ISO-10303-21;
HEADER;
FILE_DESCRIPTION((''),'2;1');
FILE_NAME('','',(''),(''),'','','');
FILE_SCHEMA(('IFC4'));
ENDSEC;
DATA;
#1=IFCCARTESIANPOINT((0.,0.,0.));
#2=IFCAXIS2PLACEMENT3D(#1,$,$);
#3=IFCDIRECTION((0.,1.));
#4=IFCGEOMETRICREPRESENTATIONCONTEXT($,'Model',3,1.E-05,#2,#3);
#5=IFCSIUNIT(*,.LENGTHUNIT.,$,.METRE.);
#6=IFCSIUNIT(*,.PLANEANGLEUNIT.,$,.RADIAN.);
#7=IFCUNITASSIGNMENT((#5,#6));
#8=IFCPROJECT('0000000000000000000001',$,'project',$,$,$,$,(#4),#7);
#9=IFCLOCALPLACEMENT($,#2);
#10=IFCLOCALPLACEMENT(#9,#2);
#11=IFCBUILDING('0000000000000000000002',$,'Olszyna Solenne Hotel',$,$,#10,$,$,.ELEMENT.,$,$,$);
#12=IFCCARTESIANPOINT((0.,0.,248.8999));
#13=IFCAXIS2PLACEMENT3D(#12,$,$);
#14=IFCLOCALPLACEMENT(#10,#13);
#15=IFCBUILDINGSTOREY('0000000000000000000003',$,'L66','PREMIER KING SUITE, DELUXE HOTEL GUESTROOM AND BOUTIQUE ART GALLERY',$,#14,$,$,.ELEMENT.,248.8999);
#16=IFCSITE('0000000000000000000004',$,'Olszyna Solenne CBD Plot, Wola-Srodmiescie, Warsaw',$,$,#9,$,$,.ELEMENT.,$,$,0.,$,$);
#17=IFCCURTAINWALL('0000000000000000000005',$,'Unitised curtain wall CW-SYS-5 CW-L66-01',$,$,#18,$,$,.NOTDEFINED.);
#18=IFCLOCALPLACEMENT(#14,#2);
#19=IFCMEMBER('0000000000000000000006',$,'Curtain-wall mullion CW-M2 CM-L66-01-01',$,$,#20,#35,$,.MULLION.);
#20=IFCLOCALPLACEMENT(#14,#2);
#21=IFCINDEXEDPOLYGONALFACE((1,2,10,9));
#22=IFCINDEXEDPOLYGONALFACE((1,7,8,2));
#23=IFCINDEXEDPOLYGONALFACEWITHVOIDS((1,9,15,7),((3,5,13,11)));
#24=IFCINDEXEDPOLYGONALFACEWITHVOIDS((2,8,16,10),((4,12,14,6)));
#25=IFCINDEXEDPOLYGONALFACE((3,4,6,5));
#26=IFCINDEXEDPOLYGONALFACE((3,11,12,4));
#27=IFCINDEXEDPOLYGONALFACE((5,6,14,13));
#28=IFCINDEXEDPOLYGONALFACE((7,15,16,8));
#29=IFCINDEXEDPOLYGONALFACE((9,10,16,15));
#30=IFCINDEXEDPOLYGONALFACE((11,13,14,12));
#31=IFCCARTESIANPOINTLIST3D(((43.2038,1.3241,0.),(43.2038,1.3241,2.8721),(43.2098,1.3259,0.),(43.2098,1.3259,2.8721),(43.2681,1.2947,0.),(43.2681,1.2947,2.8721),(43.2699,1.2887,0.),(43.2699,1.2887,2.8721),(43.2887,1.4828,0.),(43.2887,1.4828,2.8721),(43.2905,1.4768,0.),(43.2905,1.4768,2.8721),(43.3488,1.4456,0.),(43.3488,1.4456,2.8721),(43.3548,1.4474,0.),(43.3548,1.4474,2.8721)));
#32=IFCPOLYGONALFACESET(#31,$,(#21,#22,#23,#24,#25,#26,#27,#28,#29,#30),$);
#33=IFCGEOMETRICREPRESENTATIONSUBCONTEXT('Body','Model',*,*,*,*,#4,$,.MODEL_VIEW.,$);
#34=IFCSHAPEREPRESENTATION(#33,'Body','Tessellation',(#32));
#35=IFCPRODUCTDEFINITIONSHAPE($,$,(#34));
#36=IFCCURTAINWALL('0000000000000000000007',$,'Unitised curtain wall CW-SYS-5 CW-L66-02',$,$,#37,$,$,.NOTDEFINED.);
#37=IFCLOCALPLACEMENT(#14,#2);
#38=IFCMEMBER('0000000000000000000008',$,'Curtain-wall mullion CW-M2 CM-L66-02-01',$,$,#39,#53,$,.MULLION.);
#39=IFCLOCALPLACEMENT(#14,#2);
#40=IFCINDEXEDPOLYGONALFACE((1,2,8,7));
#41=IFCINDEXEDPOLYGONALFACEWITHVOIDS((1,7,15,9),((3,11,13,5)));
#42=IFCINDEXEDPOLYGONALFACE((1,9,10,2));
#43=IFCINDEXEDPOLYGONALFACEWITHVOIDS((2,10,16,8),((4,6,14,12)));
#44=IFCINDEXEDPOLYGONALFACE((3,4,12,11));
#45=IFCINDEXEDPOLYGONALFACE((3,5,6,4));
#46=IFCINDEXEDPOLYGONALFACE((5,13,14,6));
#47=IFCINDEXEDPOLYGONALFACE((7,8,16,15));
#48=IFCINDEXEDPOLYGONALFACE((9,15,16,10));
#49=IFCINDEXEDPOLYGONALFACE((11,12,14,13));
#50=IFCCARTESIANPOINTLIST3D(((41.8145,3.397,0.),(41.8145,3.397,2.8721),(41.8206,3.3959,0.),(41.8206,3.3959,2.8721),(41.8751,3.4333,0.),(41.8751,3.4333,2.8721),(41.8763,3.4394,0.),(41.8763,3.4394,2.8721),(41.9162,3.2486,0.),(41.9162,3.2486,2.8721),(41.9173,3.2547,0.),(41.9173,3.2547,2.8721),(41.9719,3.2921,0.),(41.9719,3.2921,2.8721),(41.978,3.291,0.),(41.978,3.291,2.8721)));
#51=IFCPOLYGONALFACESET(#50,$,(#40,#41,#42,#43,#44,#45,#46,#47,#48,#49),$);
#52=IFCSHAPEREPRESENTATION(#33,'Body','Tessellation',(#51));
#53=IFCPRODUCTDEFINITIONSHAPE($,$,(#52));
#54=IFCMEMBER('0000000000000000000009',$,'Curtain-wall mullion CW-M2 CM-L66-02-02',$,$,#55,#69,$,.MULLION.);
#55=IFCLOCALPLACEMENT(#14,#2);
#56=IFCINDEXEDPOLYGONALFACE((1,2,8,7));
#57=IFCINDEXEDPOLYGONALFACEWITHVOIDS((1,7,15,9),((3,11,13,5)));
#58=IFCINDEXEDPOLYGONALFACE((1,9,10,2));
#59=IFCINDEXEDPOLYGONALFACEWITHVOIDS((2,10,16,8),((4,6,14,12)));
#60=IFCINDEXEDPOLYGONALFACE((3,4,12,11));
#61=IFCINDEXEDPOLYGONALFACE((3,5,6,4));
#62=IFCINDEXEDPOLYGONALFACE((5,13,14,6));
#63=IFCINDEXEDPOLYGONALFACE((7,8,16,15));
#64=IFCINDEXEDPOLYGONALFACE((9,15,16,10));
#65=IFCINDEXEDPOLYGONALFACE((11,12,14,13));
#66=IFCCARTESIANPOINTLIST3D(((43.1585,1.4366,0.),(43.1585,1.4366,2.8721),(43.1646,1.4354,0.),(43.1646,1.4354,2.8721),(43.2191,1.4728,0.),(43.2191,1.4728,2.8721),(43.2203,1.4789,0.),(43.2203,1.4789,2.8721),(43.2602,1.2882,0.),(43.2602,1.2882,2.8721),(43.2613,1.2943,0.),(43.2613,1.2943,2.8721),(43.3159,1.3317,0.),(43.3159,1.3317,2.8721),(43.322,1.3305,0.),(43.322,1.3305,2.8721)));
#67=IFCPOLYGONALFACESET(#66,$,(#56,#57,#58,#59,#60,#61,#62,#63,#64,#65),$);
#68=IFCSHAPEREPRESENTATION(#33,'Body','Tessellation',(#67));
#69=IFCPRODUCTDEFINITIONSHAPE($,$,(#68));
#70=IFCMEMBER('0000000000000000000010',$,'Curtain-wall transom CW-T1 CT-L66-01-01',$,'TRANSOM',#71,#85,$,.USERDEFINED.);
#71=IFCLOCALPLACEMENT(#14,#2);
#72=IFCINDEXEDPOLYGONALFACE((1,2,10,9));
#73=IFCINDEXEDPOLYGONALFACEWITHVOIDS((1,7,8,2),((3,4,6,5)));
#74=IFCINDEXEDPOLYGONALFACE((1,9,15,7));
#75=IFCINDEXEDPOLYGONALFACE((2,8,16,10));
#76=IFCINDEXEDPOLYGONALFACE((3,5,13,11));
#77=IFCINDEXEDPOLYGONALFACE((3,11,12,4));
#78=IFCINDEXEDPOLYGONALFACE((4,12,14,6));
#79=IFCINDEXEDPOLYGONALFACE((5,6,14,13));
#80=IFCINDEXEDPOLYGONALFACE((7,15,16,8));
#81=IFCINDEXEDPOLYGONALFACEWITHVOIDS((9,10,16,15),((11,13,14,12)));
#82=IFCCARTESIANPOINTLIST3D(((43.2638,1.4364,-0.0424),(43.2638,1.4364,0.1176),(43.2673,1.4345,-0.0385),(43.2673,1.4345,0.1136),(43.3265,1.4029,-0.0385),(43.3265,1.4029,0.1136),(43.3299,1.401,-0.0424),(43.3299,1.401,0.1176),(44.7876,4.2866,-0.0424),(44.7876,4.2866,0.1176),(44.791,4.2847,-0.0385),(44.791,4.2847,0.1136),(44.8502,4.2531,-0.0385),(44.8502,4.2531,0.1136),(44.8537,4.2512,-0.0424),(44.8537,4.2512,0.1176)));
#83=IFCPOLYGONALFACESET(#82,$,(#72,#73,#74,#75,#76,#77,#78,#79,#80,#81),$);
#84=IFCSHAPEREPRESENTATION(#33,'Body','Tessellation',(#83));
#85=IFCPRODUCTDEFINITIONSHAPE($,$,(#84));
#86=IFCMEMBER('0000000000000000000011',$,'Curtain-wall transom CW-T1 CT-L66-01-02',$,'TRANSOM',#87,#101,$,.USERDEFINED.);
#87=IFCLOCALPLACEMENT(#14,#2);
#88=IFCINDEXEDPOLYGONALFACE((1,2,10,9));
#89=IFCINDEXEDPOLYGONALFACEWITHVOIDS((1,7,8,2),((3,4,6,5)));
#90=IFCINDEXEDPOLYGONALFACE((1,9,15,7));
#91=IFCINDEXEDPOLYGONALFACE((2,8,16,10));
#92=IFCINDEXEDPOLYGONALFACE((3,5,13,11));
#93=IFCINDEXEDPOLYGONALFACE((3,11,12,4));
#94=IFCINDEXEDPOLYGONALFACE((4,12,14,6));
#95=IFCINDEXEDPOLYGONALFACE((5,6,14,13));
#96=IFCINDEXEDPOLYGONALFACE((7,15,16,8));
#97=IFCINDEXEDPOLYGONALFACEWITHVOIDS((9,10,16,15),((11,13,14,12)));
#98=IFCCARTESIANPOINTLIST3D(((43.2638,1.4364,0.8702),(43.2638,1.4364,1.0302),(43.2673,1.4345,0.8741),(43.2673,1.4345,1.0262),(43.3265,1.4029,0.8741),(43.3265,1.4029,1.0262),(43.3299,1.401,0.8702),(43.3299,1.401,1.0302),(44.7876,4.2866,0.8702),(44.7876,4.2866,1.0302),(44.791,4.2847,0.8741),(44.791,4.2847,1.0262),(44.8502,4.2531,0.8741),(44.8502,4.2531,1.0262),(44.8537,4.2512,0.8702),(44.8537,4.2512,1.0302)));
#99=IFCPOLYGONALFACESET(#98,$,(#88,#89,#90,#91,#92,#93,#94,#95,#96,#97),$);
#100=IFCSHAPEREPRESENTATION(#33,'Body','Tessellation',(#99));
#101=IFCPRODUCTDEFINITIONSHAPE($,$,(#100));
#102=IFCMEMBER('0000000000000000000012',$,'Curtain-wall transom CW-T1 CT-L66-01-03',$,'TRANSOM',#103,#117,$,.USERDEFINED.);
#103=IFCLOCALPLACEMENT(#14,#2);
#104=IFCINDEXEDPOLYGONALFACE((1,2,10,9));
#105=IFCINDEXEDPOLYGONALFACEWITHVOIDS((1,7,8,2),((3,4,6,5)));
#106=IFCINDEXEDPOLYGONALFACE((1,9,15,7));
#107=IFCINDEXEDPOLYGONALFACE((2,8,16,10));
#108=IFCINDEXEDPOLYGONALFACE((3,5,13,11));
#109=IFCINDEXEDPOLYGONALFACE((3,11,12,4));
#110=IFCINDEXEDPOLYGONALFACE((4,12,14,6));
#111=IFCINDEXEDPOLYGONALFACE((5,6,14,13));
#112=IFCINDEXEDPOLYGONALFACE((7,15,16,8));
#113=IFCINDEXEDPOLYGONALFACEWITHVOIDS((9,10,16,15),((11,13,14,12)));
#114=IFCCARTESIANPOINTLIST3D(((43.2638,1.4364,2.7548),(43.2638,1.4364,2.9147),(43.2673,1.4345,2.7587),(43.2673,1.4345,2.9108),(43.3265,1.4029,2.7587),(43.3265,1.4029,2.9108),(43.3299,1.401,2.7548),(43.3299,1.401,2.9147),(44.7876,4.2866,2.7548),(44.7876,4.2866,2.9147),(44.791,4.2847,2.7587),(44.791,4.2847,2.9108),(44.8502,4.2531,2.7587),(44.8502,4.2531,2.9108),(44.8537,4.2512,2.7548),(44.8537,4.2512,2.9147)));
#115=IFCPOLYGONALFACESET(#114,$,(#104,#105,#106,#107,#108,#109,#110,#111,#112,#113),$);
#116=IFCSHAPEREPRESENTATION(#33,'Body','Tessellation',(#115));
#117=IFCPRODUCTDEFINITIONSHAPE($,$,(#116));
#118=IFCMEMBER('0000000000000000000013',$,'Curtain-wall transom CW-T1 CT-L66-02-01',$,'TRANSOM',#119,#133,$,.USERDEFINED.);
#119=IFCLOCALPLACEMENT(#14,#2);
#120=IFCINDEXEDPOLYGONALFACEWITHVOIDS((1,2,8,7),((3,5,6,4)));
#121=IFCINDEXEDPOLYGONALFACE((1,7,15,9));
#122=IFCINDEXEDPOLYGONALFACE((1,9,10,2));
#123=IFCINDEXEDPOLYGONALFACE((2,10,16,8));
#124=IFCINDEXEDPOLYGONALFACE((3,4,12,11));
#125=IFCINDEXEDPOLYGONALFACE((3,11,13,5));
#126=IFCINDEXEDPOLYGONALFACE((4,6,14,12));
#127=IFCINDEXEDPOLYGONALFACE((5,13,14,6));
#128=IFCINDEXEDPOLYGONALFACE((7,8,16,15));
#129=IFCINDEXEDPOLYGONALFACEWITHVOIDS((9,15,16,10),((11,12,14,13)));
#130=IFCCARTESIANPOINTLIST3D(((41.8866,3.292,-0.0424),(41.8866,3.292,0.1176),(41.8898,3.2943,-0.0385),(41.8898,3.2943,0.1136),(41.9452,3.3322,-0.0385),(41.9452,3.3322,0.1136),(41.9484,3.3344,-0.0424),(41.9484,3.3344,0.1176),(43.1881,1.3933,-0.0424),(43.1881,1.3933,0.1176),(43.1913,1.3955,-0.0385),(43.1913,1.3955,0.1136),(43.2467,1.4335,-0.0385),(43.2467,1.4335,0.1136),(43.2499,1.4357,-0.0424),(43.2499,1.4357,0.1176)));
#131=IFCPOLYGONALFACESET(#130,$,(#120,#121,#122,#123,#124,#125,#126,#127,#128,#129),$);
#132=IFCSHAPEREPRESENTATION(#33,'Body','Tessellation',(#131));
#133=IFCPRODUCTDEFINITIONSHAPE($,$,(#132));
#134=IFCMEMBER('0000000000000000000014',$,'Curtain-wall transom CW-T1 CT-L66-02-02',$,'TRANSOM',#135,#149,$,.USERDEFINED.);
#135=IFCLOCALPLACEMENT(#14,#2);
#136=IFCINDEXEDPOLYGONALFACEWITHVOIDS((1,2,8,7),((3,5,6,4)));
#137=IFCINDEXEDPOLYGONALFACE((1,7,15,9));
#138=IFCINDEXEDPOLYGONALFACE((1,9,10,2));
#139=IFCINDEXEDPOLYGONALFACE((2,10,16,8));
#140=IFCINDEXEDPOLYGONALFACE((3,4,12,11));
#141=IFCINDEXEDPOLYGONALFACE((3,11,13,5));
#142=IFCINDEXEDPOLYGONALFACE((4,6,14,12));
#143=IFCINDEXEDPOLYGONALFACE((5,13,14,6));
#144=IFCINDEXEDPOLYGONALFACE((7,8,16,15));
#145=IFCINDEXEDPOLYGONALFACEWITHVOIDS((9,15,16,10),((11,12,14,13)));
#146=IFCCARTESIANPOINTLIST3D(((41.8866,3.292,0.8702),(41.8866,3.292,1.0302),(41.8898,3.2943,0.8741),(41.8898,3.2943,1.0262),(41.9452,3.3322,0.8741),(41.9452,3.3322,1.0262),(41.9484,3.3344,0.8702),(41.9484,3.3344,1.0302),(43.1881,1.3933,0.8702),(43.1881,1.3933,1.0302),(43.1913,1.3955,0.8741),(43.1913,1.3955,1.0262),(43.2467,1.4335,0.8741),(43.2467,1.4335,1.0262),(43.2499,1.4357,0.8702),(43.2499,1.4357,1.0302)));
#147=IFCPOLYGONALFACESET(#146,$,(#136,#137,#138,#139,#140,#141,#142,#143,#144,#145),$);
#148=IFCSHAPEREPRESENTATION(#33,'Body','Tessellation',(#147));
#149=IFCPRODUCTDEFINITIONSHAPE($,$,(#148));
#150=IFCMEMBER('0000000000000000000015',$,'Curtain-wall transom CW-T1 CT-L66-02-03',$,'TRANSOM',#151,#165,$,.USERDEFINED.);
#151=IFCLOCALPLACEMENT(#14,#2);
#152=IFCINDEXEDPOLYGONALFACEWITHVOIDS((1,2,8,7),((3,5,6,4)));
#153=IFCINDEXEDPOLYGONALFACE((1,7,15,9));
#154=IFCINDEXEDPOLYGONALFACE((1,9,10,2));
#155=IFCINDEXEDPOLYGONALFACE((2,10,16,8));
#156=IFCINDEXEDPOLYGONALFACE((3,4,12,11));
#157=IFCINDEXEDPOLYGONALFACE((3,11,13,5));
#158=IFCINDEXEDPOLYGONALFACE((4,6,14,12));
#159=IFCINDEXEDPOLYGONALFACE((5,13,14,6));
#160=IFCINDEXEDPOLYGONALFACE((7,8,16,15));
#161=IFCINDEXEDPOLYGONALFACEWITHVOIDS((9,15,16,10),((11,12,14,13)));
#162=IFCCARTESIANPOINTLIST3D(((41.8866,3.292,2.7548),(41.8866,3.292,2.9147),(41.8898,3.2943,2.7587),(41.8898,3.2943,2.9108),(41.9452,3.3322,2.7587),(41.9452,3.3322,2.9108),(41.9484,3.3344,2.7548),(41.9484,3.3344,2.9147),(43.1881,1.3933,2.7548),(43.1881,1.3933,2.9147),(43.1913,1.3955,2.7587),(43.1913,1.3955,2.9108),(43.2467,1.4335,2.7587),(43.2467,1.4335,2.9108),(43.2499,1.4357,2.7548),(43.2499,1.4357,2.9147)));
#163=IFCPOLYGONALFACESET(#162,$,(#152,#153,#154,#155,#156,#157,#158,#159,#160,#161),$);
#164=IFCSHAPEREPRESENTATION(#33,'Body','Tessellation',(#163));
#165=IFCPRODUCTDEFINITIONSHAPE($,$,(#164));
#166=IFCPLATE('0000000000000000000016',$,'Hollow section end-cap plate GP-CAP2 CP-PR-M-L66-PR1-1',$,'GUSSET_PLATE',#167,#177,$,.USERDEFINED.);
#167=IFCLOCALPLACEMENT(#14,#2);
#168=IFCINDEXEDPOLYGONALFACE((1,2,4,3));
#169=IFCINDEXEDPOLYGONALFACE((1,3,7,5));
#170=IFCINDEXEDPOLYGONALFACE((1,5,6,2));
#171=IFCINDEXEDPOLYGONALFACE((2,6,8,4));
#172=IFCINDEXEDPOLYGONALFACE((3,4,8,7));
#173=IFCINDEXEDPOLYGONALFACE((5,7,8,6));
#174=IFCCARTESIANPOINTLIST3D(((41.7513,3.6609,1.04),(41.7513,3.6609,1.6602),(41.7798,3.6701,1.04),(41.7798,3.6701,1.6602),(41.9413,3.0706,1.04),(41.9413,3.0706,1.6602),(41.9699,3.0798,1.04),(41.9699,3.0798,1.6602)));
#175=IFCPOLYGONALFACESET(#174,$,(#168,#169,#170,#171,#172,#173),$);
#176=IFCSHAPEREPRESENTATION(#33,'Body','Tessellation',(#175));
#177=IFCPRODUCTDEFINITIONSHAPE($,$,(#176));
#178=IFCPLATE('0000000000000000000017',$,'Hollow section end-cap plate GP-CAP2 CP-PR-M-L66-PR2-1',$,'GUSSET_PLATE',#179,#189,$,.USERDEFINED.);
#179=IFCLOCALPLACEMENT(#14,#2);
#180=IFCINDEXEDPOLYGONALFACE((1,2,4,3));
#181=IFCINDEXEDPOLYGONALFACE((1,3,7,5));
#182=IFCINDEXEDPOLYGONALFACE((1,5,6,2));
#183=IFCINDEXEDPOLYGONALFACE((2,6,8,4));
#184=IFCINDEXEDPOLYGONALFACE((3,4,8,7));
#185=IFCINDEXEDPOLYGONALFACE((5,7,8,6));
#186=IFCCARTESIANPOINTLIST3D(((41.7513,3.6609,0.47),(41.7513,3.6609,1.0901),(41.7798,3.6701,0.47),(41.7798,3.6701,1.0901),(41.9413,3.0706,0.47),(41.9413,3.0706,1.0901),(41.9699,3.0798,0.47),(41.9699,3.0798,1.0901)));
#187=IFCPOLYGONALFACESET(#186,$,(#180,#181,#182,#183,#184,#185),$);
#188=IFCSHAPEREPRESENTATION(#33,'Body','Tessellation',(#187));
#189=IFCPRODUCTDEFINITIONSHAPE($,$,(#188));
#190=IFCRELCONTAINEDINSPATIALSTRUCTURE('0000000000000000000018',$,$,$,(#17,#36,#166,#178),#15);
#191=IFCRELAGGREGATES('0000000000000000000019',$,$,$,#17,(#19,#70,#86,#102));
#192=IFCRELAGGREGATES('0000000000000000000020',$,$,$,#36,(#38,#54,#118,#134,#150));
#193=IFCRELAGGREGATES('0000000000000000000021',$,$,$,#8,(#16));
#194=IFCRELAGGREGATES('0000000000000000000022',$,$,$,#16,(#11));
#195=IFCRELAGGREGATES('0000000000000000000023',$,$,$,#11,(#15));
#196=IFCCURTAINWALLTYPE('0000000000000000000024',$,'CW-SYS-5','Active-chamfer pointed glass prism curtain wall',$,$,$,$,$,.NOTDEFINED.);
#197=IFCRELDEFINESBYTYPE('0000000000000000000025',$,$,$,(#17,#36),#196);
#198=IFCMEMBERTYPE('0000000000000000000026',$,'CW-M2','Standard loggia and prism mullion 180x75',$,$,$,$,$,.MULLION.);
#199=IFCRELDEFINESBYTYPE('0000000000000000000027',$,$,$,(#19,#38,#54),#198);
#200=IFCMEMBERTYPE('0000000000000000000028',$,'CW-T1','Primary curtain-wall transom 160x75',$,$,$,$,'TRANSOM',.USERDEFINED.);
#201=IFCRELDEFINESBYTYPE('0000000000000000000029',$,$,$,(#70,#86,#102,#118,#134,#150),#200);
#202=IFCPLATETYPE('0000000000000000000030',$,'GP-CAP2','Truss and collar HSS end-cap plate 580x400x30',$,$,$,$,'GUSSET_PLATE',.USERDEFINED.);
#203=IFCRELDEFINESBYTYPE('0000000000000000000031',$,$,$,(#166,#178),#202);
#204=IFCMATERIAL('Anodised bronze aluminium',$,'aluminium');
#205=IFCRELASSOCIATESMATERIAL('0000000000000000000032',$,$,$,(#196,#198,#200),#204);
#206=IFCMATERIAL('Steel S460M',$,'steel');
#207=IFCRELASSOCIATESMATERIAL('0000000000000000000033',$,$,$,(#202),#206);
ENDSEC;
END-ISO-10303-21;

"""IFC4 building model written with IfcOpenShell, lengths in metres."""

from ifc_helpers import new_model, si_unit, direction, frame, origin, origin_2d, place, context, subcontext, project, spatial, rectangle, hollow_rectangle, extrude, source, transform, mapped, material, material_profile, profile_set, type_object, element, aggregate, save


model = new_model("IFC4")

# Units and contexts
model_context = context("Model", 3, precision=1e-05, world=origin(), true_north=direction((0.0, 1.0)))
body_context = subcontext(model_context, "Body", "Model", "MODEL_VIEW")
ifc_project = project(units=[si_unit("LENGTHUNIT", "METRE"), si_unit("PLANEANGLEUNIT", "RADIAN")], contexts=[model_context])

# Site, building, storey
site_placement = place(None, origin())
site = spatial("IfcSite", under=ifc_project, at=site_placement, Name="Olszyna Solenne CBD Plot, Wola-Srodmiescie, Warsaw", CompositionType="ELEMENT", RefElevation=0.0)
building_placement = place(site_placement, origin())
building = spatial("IfcBuilding", under=site, at=building_placement, Name="Olszyna Solenne Hotel", CompositionType="ELEMENT")
storey_placement = place(building_placement, frame((0.0, 0.0, 248.8999)))
storey = spatial("IfcBuildingStorey", under=building, at=storey_placement, Name="L66", Description="PREMIER KING SUITE, DELUXE HOTEL GUESTROOM AND BOUTIQUE ART GALLERY", CompositionType="ELEMENT", Elevation=248.8999)

# Shared definitions
ifc_material_1 = material(Name="Steel S460M", Category="steel")

# Curtain wall, member
ifc_material_2 = material(Name="Anodised bronze aluminium", Category="aluminium")
curtain_wall_type = type_object("IfcCurtainWallType", Name="CW-SYS-5", Description="Active-chamfer pointed glass prism curtain wall", PredefinedType="NOTDEFINED", material=ifc_material_2)
curtain_wall_1_placement = place(storey_placement, origin())
curtain_wall_1 = element("IfcCurtainWall", 1, at=curtain_wall_1_placement, inside=storey, type_object=curtain_wall_type, Name="Unitised curtain wall CW-SYS-5 CW-L66-01", PredefinedType="NOTDEFINED")
ifc_material_profile_1 = material_profile(ifc_material_2, hollow_rectangle(XDim=0.075, YDim=0.1799, WallThickness=0.0044, at=origin_2d()), Name="MULL 180x75x4.5", Category="load-bearing")
ifc_profile_set_1 = profile_set([ifc_material_profile_1], Name="Anodised bronze aluminium")
member_type_1 = type_object("IfcMemberType", Name="CW-M2", Description="Standard loggia and prism mullion 180x75", PredefinedType="MULLION", material=ifc_profile_set_1)
shared_shape_1 = source(origin(), body_context, "Body", "SweptSolid", [
    extrude(hollow_rectangle(XDim=0.075, YDim=0.1799, WallThickness=0.0044, at=origin_2d()), origin(), (0.0, 0.0, 1.0), 2.8721),
])
member_1_placement = place(storey_placement, frame((43.2793, 1.3857, 0.0), z_axis=(0.0, 0.0, 1.0), x_axis=(-0.881893, 0.471449, 0.0)))
member_1 = element("IfcMember", 2, at=member_1_placement, type_object=member_type_1, Name="Curtain-wall mullion CW-M2 CM-L66-01-01", PredefinedType="MULLION", context=body_context, shape_type="MappedRepresentation", body=[
    mapped(shared_shape_1, transform((0.0, 0.0, 0.0), x_axis=(1.0, 0.0, 0.0), y_axis=(0.0, 1.0, 0.0), z_axis=(0.0, 0.0, 1.0), scale=1.0)),
])

# Curtain wall, members
curtain_wall_2_placement = place(storey_placement, origin())
curtain_wall_2 = element("IfcCurtainWall", 3, at=curtain_wall_2_placement, inside=storey, type_object=curtain_wall_type, Name="Unitised curtain wall CW-SYS-5 CW-L66-02", PredefinedType="NOTDEFINED")
member_2_placement = place(storey_placement, frame((41.8962, 3.344, 0.0), z_axis=(0.0, 0.0, 1.0), x_axis=(0.824784, 0.565448, 0.0)))
member_2 = element("IfcMember", 4, at=member_2_placement, type_object=member_type_1, Name="Curtain-wall mullion CW-M2 CM-L66-02-01", PredefinedType="MULLION", context=body_context, shape_type="MappedRepresentation", body=[
    mapped(shared_shape_1, transform((0.0, 0.0, 0.0), x_axis=(1.0, 0.0, 0.0), y_axis=(0.0, 1.0, 0.0), z_axis=(0.0, 0.0, 1.0), scale=1.0)),
])
member_3_placement = place(storey_placement, frame((43.2402, 1.3835, 0.0), z_axis=(0.0, 0.0, 1.0), x_axis=(0.824784, 0.565448, 0.0)))
member_3 = element("IfcMember", 5, at=member_3_placement, type_object=member_type_1, Name="Curtain-wall mullion CW-M2 CM-L66-02-02", PredefinedType="MULLION", context=body_context, shape_type="MappedRepresentation", body=[
    mapped(shared_shape_1, transform((0.0, 0.0, 0.0), x_axis=(1.0, 0.0, 0.0), y_axis=(0.0, 1.0, 0.0), z_axis=(0.0, 0.0, 1.0), scale=1.0)),
])

# Members
ifc_material_profile_2 = material_profile(ifc_material_2, hollow_rectangle(XDim=0.075, YDim=0.1599, WallThickness=0.0039, at=origin_2d()), Name="TRAN 160x75x4", Category="load-bearing")
ifc_profile_set_2 = profile_set([ifc_material_profile_2], Name="Anodised bronze aluminium")
member_type_2 = type_object("IfcMemberType", Name="CW-T1", Description="Primary curtain-wall transom 160x75", ElementType="TRANSOM", PredefinedType="USERDEFINED", material=ifc_profile_set_2)
shared_shape_2 = source(origin(), body_context, "Body", "SweptSolid", [
    extrude(hollow_rectangle(XDim=0.075, YDim=0.1599, WallThickness=0.0039, at=origin_2d()), origin(), (0.0, 0.0, 1.0), 3.2319),
])
member_4_placement = place(storey_placement, frame((43.2969, 1.4187, 0.0376), z_axis=(0.471462, 0.881886, 0.0), x_axis=(-0.881886, 0.471462, 0.0)))
member_4 = element("IfcMember", 6, at=member_4_placement, type_object=member_type_2, Name="Curtain-wall transom CW-T1 CT-L66-01-01", ObjectType="TRANSOM", PredefinedType="USERDEFINED", context=body_context, shape_type="MappedRepresentation", body=[
    mapped(shared_shape_2, transform((0.0, 0.0, 0.0), x_axis=(1.0, 0.0, 0.0), y_axis=(0.0, 1.0, 0.0), z_axis=(0.0, 0.0, 1.0), scale=1.0)),
])
member_5_placement = place(storey_placement, frame((43.2969, 1.4187, 0.9502), z_axis=(0.471462, 0.881886, 0.0), x_axis=(-0.881886, 0.471462, 0.0)))
member_5 = element("IfcMember", 7, at=member_5_placement, type_object=member_type_2, Name="Curtain-wall transom CW-T1 CT-L66-01-02", ObjectType="TRANSOM", PredefinedType="USERDEFINED", context=body_context, shape_type="MappedRepresentation", body=[
    mapped(shared_shape_2, transform((0.0, 0.0, 0.0), x_axis=(1.0, 0.0, 0.0), y_axis=(0.0, 1.0, 0.0), z_axis=(0.0, 0.0, 1.0), scale=1.0)),
])
member_6_placement = place(storey_placement, frame((43.2969, 1.4187, 2.8347), z_axis=(0.471462, 0.881886, 0.0), x_axis=(-0.881886, 0.471462, 0.0)))
member_6 = element("IfcMember", 8, at=member_6_placement, type_object=member_type_2, Name="Curtain-wall transom CW-T1 CT-L66-01-03", ObjectType="TRANSOM", PredefinedType="USERDEFINED", context=body_context, shape_type="MappedRepresentation", body=[
    mapped(shared_shape_2, transform((0.0, 0.0, 0.0), x_axis=(1.0, 0.0, 0.0), y_axis=(0.0, 1.0, 0.0), z_axis=(0.0, 0.0, 1.0), scale=1.0)),
])
shared_shape_3 = source(origin(), body_context, "Body", "SweptSolid", [
    extrude(hollow_rectangle(XDim=0.075, YDim=0.1599, WallThickness=0.0039, at=origin_2d()), origin(), (0.0, 0.0, 1.0), 2.302),
])
member_7_placement = place(storey_placement, frame((41.9175, 3.3132, 0.0376), z_axis=(0.565398, -0.824818, 0.0), x_axis=(0.824818, 0.565398, 0.0)))
member_7 = element("IfcMember", 9, at=member_7_placement, type_object=member_type_2, Name="Curtain-wall transom CW-T1 CT-L66-02-01", ObjectType="TRANSOM", PredefinedType="USERDEFINED", context=body_context, shape_type="MappedRepresentation", body=[
    mapped(shared_shape_3, transform((0.0, 0.0, 0.0), x_axis=(1.0, 0.0, 0.0), y_axis=(0.0, 1.0, 0.0), z_axis=(0.0, 0.0, 1.0), scale=1.0)),
])
member_8_placement = place(storey_placement, frame((41.9175, 3.3132, 0.9502), z_axis=(0.565398, -0.824818, 0.0), x_axis=(0.824818, 0.565398, 0.0)))
member_8 = element("IfcMember", 10, at=member_8_placement, type_object=member_type_2, Name="Curtain-wall transom CW-T1 CT-L66-02-02", ObjectType="TRANSOM", PredefinedType="USERDEFINED", context=body_context, shape_type="MappedRepresentation", body=[
    mapped(shared_shape_3, transform((0.0, 0.0, 0.0), x_axis=(1.0, 0.0, 0.0), y_axis=(0.0, 1.0, 0.0), z_axis=(0.0, 0.0, 1.0), scale=1.0)),
])
member_9_placement = place(storey_placement, frame((41.9175, 3.3132, 2.8347), z_axis=(0.565398, -0.824818, 0.0), x_axis=(0.824818, 0.565398, 0.0)))
member_9 = element("IfcMember", 11, at=member_9_placement, type_object=member_type_2, Name="Curtain-wall transom CW-T1 CT-L66-02-03", ObjectType="TRANSOM", PredefinedType="USERDEFINED", context=body_context, shape_type="MappedRepresentation", body=[
    mapped(shared_shape_3, transform((0.0, 0.0, 0.0), x_axis=(1.0, 0.0, 0.0), y_axis=(0.0, 1.0, 0.0), z_axis=(0.0, 0.0, 1.0), scale=1.0)),
])

# Plates
plate_type_1 = type_object("IfcPlateType", Name="GP-CAP2", Description="Truss and collar HSS end-cap plate 580x400x30", ElementType="GUSSET_PLATE", PredefinedType="USERDEFINED", material=ifc_material_1)
shared_shape_4 = source(origin(), body_context, "Body", "SweptSolid", [
    extrude(rectangle(XDim=0.03, YDim=0.6201, at=origin_2d()), origin(), (0.0, 0.0, 1.0), 0.6201),
])
for number, where, z_axis, x_axis, name in (
    (12, (41.8606, 3.3704, 1.04), (0.0, 0.0, 1.0), (0.951862, 0.306526, 0.0), "Hollow section end-cap plate GP-CAP2 CP-PR-M-L66-PR1-1"),
    (13, (41.8606, 3.3704, 0.47), (0.0, 0.0, 1.0), (0.951862, 0.306526, 0.0), "Hollow section end-cap plate GP-CAP2 CP-PR-M-L66-PR2-1"),
):
    element("IfcPlate", number, at=place(storey_placement, frame(where, z_axis=z_axis, x_axis=x_axis)), inside=storey, type_object=plate_type_1, Name=name, ObjectType="GUSSET_PLATE", PredefinedType="USERDEFINED", context=body_context, shape_type="MappedRepresentation", body=[
        mapped(shared_shape_4, transform((0.0, 0.0, 0.0), x_axis=(1.0, 0.0, 0.0), y_axis=(0.0, 1.0, 0.0), z_axis=(0.0, 0.0, 1.0), scale=1.0)),
    ])

aggregate(curtain_wall_1, [member_1, member_4, member_5, member_6])
aggregate(curtain_wall_2, [member_2, member_3, member_7, member_8, member_9])

save(model, "model.ifc")
